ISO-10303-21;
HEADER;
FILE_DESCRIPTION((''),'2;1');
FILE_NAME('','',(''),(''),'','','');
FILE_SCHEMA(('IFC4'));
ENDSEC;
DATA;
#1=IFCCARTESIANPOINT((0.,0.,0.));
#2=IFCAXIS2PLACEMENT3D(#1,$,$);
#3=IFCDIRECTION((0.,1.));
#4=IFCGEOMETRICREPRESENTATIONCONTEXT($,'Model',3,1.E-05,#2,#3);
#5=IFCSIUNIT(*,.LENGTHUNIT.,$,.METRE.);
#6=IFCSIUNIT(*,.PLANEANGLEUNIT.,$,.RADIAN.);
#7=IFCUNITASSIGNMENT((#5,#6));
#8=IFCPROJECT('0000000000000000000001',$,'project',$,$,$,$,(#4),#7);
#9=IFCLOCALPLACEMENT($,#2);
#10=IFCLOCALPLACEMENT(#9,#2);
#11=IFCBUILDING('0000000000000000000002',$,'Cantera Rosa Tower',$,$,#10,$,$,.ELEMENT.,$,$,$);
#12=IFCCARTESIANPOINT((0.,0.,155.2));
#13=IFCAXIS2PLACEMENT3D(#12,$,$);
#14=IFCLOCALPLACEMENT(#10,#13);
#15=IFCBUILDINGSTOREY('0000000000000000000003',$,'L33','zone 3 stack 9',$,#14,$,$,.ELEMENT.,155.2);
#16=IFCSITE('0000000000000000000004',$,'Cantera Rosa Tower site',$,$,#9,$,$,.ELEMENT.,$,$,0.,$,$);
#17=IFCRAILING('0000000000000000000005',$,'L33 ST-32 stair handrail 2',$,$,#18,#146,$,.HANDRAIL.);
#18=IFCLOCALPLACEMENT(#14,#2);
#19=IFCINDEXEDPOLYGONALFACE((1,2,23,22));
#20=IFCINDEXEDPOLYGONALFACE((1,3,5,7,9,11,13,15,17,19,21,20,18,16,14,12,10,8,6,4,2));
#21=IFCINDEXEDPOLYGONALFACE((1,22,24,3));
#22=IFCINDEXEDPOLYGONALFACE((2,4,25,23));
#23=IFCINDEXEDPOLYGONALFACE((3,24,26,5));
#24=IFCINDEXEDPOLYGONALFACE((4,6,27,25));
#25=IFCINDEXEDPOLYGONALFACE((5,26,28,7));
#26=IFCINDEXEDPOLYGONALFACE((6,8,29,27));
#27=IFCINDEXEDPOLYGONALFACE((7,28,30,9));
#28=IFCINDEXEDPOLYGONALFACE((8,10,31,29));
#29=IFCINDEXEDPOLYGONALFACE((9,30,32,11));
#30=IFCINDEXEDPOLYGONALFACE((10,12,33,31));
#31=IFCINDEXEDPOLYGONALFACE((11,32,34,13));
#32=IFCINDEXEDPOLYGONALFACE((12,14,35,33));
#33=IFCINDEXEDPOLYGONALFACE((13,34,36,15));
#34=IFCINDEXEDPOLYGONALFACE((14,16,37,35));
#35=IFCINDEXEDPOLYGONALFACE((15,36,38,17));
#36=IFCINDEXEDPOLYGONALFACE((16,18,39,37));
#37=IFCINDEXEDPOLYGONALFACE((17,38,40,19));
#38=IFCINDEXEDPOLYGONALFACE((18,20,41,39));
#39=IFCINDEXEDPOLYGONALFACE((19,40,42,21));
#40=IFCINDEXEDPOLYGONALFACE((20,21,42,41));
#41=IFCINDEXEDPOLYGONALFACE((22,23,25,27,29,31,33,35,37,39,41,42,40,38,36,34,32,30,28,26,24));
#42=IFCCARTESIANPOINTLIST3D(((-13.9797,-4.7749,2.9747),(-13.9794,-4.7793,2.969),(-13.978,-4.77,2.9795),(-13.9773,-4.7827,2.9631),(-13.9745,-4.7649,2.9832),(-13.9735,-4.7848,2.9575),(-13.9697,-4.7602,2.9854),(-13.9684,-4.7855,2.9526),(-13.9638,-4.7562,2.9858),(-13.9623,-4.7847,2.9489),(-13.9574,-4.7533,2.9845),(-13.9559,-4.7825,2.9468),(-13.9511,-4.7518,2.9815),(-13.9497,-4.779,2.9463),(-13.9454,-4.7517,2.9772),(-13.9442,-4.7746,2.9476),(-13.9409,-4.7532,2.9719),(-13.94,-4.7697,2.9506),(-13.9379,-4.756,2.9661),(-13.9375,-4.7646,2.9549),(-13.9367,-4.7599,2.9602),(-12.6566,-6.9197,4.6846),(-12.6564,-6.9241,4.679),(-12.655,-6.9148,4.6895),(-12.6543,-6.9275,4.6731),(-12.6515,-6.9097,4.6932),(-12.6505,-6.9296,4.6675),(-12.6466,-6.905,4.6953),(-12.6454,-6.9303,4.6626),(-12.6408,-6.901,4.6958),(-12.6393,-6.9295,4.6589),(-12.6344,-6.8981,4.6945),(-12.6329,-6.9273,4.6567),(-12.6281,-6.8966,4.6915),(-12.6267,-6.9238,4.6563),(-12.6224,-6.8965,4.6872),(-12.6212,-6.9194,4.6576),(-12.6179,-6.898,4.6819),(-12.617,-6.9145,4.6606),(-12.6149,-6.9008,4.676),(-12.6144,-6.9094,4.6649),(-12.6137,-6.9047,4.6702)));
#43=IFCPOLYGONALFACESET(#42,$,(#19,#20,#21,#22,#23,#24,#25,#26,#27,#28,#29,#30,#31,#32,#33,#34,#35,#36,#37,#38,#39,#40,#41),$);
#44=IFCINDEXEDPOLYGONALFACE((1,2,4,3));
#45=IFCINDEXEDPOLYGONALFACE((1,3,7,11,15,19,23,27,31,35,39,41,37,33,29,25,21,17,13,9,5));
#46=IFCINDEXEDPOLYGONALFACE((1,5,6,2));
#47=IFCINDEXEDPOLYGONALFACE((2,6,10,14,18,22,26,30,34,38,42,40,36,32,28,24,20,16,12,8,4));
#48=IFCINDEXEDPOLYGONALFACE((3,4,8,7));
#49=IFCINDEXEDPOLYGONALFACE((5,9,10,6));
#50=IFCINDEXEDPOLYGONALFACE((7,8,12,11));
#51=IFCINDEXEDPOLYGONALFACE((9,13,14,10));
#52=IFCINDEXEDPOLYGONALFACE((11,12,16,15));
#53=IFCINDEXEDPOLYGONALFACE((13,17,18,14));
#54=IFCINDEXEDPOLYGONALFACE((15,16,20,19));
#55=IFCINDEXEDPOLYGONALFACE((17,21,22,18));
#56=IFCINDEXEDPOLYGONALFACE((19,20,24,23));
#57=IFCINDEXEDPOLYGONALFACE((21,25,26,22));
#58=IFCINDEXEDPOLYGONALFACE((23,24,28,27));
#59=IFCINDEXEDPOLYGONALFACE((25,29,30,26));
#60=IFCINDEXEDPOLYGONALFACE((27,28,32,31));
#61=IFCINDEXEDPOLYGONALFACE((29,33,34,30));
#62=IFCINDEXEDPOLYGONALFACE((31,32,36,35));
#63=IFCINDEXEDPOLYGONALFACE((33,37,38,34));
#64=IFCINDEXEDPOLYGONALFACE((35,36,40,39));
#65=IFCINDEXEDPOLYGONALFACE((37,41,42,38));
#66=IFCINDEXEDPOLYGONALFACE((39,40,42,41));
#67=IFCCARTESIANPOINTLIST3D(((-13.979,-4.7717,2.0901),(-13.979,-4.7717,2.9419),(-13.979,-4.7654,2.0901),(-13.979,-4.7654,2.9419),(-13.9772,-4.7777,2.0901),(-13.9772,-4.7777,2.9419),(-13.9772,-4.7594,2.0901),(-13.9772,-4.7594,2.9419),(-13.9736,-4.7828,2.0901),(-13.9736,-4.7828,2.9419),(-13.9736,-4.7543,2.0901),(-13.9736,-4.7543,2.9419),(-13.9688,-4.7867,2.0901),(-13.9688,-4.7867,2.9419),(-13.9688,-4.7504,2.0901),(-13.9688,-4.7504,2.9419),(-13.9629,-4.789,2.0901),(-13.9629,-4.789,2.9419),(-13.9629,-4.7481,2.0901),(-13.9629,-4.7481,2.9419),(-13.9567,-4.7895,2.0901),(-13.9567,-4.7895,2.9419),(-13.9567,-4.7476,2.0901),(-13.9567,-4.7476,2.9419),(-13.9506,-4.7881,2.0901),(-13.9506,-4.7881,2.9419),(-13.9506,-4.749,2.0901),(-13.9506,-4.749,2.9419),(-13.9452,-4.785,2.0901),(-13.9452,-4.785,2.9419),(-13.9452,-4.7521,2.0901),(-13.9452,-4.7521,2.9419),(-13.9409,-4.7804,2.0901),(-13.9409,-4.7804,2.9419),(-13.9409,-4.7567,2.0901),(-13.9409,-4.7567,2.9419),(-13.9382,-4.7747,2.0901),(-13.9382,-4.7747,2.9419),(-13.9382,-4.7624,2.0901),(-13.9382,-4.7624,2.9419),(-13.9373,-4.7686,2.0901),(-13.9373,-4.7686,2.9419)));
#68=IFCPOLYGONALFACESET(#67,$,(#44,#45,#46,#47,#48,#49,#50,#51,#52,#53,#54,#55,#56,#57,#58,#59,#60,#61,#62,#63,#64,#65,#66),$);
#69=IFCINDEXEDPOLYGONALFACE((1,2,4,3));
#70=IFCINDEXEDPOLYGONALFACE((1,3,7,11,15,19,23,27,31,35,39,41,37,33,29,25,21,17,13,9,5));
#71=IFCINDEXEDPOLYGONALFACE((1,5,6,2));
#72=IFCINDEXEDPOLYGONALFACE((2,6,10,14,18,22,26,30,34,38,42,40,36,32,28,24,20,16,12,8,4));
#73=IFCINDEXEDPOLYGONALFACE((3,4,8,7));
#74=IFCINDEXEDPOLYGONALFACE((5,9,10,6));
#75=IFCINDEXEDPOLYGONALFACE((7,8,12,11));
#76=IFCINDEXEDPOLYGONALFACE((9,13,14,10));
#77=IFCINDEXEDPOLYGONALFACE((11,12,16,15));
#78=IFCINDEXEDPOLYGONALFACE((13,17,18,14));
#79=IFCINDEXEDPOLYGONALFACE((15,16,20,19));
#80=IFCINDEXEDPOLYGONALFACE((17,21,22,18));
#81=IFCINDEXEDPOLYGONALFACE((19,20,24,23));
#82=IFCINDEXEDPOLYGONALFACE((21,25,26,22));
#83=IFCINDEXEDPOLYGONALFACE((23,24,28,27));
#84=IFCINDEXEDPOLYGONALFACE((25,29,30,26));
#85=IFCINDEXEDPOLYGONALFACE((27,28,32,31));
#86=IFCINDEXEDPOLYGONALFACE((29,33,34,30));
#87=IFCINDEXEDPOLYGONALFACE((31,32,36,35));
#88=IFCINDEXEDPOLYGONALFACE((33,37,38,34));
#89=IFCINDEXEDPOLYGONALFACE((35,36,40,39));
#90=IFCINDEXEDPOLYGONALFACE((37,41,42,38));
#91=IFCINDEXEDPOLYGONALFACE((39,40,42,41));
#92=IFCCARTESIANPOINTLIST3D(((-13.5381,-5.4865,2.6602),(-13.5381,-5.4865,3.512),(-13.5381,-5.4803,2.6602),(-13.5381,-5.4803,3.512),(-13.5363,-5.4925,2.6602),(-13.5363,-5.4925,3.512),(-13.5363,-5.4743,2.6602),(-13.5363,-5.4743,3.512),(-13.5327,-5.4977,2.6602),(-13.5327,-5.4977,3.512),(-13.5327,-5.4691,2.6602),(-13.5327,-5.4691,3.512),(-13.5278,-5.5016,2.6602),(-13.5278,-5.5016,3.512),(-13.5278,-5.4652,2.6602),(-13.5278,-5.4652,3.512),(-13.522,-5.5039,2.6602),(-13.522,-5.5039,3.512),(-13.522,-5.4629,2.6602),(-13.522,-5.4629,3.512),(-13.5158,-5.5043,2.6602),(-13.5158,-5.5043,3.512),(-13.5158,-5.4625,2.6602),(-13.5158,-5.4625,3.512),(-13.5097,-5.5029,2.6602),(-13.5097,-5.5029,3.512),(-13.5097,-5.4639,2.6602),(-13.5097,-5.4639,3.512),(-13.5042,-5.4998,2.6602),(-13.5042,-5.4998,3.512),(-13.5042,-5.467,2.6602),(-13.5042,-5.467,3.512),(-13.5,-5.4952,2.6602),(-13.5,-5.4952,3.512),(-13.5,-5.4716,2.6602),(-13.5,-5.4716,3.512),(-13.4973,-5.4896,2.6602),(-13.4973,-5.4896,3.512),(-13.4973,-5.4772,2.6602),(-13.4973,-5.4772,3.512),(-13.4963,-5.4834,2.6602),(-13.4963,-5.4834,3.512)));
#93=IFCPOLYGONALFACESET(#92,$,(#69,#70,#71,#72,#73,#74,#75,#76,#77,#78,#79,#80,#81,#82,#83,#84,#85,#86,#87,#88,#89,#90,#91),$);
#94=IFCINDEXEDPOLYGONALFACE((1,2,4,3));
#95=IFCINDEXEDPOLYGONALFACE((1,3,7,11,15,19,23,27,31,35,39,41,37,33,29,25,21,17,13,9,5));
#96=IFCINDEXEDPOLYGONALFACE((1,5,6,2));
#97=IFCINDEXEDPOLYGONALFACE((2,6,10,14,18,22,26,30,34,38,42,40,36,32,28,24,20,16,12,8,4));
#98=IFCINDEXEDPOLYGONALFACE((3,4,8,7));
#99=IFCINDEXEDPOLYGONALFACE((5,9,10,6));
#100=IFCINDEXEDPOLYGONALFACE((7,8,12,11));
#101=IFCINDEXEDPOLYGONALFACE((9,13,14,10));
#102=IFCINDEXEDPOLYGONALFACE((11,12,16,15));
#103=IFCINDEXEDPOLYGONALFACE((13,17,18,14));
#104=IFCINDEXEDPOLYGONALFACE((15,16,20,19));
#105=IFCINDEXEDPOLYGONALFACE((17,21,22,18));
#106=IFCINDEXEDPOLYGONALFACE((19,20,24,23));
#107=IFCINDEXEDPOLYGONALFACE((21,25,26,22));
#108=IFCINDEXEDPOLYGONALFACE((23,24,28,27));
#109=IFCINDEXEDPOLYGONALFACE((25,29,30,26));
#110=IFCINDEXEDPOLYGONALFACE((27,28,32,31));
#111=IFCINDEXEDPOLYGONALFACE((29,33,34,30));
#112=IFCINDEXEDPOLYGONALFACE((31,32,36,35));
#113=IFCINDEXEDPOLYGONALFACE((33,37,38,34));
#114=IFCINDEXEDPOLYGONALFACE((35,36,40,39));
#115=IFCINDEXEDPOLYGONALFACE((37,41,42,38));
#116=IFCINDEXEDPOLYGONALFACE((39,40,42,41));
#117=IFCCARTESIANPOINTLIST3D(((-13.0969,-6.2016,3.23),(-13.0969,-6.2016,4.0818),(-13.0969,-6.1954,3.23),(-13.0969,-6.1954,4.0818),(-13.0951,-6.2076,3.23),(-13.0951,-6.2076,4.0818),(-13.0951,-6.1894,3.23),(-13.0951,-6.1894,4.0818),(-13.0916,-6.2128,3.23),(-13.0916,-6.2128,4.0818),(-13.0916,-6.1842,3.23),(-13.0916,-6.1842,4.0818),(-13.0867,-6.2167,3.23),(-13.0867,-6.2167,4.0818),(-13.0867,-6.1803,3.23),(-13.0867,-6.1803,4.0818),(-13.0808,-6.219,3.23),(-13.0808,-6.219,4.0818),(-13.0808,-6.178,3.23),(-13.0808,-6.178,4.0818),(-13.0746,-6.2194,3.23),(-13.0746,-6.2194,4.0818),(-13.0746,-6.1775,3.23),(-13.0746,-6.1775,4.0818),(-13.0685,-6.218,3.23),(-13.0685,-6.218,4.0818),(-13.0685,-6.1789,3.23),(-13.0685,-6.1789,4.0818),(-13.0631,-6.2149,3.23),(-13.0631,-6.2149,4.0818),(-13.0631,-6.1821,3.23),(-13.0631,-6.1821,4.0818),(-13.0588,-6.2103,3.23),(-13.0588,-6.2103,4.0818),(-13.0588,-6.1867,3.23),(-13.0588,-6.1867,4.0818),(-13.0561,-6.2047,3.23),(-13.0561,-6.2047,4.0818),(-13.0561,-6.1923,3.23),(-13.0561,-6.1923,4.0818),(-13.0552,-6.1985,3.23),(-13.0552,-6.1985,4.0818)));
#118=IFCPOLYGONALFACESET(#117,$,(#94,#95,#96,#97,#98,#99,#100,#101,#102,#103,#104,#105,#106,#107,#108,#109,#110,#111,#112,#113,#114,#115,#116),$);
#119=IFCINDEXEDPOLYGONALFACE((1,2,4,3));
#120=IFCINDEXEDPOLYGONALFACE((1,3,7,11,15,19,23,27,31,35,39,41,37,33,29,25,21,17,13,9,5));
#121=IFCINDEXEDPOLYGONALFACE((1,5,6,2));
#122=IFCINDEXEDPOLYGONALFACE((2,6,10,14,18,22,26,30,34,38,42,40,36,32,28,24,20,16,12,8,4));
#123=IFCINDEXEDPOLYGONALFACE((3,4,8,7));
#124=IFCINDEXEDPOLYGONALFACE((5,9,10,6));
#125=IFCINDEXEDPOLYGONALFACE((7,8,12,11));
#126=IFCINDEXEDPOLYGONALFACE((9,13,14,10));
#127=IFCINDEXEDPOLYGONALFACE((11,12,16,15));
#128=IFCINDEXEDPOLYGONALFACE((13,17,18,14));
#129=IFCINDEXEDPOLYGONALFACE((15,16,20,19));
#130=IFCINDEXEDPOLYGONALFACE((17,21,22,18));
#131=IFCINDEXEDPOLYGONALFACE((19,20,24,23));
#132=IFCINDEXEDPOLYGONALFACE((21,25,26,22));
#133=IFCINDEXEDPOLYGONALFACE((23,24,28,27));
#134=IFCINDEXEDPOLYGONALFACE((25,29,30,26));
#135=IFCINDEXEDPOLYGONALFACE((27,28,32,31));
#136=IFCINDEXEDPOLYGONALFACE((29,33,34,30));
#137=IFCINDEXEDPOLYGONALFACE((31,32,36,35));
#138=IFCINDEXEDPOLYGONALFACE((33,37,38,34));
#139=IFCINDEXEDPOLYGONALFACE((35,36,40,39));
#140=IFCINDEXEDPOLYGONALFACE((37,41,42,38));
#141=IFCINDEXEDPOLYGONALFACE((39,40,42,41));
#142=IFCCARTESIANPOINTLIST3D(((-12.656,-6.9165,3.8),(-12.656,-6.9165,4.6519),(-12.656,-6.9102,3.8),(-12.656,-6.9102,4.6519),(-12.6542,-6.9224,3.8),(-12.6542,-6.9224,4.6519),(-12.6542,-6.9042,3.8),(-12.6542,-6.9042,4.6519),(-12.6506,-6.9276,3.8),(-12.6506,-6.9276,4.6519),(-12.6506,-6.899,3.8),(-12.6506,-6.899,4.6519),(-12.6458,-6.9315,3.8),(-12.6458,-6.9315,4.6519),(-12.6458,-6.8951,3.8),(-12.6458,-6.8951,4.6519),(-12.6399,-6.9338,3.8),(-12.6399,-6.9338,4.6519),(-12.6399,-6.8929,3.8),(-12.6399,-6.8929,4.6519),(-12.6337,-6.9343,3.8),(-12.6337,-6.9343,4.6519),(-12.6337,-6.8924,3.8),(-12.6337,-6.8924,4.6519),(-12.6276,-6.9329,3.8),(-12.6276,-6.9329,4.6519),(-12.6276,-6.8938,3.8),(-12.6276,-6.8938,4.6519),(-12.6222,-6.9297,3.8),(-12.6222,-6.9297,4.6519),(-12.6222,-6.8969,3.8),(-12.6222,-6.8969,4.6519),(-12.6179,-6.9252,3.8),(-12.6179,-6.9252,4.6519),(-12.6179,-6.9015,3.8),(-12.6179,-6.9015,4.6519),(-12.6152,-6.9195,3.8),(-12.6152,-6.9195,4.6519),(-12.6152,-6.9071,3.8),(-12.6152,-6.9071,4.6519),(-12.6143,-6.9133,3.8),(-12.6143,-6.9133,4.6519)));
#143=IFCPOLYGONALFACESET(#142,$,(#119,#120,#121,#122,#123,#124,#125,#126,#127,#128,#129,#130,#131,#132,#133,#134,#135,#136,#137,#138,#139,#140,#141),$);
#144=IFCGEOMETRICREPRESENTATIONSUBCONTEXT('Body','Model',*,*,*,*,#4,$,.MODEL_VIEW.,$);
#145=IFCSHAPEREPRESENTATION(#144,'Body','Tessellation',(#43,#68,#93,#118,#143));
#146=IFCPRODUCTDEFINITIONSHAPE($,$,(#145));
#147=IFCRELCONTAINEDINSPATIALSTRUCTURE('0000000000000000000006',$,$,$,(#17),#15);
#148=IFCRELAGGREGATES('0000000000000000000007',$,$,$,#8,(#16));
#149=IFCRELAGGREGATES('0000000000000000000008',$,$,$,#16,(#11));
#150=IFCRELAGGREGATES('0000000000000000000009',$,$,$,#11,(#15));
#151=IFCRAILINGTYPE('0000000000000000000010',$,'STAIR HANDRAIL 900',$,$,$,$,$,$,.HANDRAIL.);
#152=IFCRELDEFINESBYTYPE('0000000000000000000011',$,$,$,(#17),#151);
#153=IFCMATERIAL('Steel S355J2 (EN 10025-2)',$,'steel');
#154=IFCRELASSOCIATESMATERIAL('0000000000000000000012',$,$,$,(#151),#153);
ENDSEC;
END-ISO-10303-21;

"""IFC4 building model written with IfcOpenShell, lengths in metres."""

from ifc_helpers import new_model, si_unit, direction, frame, origin, origin_2d, place, context, subcontext, project, spatial, circle, extrude, material, type_object, element, save


model = new_model("IFC4")

# Units and contexts
model_context = context("Model", 3, precision=1e-05, world=origin(), true_north=direction((0.0, 1.0)))
body_context = subcontext(model_context, "Body", "Model", "MODEL_VIEW")
ifc_project = project(units=[si_unit("LENGTHUNIT", "METRE"), si_unit("PLANEANGLEUNIT", "RADIAN")], contexts=[model_context])

# Site, building, storey
site_placement = place(None, origin())
site = spatial("IfcSite", under=ifc_project, at=site_placement, Name="Cantera Rosa Tower site", CompositionType="ELEMENT", RefElevation=0.0)
building_placement = place(site_placement, origin())
building = spatial("IfcBuilding", under=site, at=building_placement, Name="Cantera Rosa Tower", CompositionType="ELEMENT")
storey_placement = place(building_placement, frame((0.0, 0.0, 155.2)))
storey = spatial("IfcBuildingStorey", under=building, at=storey_placement, Name="L33", Description="zone 3 stack 9", CompositionType="ELEMENT", Elevation=155.2)

# Railing
ifc_material_1 = material(Name="Steel S355J2 (EN 10025-2)", Category="steel")
railing_type_1 = type_object("IfcRailingType", Name="STAIR HANDRAIL 900", PredefinedType="HANDRAIL", material=ifc_material_1)
railing_1_placement = place(storey_placement, frame((-13.9583, -4.7686, 2.0901)))
element("IfcRailing", 1, at=railing_1_placement, inside=storey, type_object=railing_type_1, Name="L33 ST-32 stair handrail 2", PredefinedType="HANDRAIL", context=body_context, shape_type="SweptSolid", body=[
    extrude(circle(Radius=0.0239, at=origin_2d()), frame((0.0, 0.0, 0.876), z_axis=(0.434428, -0.704271, 0.561493), x_axis=(0.851102, 0.525, 0.0)), (0.0, 0.0, 1.0), 3.0454),
    extrude(circle(Radius=0.021, at=origin_2d()), origin(), (0.0, 0.0, 1.0), 0.8518),
    extrude(circle(Radius=0.021, at=origin_2d()), frame((0.4409, -0.7148, 0.5701)), (0.0, 0.0, 1.0), 0.8518),
    extrude(circle(Radius=0.021, at=origin_2d()), frame((0.8821, -1.4299, 1.1399)), (0.0, 0.0, 1.0), 0.8518),
    extrude(circle(Radius=0.021, at=origin_2d()), frame((1.323, -2.1448, 1.71)), (0.0, 0.0, 1.0), 0.8518),
])

save(model, "model.ifc")
